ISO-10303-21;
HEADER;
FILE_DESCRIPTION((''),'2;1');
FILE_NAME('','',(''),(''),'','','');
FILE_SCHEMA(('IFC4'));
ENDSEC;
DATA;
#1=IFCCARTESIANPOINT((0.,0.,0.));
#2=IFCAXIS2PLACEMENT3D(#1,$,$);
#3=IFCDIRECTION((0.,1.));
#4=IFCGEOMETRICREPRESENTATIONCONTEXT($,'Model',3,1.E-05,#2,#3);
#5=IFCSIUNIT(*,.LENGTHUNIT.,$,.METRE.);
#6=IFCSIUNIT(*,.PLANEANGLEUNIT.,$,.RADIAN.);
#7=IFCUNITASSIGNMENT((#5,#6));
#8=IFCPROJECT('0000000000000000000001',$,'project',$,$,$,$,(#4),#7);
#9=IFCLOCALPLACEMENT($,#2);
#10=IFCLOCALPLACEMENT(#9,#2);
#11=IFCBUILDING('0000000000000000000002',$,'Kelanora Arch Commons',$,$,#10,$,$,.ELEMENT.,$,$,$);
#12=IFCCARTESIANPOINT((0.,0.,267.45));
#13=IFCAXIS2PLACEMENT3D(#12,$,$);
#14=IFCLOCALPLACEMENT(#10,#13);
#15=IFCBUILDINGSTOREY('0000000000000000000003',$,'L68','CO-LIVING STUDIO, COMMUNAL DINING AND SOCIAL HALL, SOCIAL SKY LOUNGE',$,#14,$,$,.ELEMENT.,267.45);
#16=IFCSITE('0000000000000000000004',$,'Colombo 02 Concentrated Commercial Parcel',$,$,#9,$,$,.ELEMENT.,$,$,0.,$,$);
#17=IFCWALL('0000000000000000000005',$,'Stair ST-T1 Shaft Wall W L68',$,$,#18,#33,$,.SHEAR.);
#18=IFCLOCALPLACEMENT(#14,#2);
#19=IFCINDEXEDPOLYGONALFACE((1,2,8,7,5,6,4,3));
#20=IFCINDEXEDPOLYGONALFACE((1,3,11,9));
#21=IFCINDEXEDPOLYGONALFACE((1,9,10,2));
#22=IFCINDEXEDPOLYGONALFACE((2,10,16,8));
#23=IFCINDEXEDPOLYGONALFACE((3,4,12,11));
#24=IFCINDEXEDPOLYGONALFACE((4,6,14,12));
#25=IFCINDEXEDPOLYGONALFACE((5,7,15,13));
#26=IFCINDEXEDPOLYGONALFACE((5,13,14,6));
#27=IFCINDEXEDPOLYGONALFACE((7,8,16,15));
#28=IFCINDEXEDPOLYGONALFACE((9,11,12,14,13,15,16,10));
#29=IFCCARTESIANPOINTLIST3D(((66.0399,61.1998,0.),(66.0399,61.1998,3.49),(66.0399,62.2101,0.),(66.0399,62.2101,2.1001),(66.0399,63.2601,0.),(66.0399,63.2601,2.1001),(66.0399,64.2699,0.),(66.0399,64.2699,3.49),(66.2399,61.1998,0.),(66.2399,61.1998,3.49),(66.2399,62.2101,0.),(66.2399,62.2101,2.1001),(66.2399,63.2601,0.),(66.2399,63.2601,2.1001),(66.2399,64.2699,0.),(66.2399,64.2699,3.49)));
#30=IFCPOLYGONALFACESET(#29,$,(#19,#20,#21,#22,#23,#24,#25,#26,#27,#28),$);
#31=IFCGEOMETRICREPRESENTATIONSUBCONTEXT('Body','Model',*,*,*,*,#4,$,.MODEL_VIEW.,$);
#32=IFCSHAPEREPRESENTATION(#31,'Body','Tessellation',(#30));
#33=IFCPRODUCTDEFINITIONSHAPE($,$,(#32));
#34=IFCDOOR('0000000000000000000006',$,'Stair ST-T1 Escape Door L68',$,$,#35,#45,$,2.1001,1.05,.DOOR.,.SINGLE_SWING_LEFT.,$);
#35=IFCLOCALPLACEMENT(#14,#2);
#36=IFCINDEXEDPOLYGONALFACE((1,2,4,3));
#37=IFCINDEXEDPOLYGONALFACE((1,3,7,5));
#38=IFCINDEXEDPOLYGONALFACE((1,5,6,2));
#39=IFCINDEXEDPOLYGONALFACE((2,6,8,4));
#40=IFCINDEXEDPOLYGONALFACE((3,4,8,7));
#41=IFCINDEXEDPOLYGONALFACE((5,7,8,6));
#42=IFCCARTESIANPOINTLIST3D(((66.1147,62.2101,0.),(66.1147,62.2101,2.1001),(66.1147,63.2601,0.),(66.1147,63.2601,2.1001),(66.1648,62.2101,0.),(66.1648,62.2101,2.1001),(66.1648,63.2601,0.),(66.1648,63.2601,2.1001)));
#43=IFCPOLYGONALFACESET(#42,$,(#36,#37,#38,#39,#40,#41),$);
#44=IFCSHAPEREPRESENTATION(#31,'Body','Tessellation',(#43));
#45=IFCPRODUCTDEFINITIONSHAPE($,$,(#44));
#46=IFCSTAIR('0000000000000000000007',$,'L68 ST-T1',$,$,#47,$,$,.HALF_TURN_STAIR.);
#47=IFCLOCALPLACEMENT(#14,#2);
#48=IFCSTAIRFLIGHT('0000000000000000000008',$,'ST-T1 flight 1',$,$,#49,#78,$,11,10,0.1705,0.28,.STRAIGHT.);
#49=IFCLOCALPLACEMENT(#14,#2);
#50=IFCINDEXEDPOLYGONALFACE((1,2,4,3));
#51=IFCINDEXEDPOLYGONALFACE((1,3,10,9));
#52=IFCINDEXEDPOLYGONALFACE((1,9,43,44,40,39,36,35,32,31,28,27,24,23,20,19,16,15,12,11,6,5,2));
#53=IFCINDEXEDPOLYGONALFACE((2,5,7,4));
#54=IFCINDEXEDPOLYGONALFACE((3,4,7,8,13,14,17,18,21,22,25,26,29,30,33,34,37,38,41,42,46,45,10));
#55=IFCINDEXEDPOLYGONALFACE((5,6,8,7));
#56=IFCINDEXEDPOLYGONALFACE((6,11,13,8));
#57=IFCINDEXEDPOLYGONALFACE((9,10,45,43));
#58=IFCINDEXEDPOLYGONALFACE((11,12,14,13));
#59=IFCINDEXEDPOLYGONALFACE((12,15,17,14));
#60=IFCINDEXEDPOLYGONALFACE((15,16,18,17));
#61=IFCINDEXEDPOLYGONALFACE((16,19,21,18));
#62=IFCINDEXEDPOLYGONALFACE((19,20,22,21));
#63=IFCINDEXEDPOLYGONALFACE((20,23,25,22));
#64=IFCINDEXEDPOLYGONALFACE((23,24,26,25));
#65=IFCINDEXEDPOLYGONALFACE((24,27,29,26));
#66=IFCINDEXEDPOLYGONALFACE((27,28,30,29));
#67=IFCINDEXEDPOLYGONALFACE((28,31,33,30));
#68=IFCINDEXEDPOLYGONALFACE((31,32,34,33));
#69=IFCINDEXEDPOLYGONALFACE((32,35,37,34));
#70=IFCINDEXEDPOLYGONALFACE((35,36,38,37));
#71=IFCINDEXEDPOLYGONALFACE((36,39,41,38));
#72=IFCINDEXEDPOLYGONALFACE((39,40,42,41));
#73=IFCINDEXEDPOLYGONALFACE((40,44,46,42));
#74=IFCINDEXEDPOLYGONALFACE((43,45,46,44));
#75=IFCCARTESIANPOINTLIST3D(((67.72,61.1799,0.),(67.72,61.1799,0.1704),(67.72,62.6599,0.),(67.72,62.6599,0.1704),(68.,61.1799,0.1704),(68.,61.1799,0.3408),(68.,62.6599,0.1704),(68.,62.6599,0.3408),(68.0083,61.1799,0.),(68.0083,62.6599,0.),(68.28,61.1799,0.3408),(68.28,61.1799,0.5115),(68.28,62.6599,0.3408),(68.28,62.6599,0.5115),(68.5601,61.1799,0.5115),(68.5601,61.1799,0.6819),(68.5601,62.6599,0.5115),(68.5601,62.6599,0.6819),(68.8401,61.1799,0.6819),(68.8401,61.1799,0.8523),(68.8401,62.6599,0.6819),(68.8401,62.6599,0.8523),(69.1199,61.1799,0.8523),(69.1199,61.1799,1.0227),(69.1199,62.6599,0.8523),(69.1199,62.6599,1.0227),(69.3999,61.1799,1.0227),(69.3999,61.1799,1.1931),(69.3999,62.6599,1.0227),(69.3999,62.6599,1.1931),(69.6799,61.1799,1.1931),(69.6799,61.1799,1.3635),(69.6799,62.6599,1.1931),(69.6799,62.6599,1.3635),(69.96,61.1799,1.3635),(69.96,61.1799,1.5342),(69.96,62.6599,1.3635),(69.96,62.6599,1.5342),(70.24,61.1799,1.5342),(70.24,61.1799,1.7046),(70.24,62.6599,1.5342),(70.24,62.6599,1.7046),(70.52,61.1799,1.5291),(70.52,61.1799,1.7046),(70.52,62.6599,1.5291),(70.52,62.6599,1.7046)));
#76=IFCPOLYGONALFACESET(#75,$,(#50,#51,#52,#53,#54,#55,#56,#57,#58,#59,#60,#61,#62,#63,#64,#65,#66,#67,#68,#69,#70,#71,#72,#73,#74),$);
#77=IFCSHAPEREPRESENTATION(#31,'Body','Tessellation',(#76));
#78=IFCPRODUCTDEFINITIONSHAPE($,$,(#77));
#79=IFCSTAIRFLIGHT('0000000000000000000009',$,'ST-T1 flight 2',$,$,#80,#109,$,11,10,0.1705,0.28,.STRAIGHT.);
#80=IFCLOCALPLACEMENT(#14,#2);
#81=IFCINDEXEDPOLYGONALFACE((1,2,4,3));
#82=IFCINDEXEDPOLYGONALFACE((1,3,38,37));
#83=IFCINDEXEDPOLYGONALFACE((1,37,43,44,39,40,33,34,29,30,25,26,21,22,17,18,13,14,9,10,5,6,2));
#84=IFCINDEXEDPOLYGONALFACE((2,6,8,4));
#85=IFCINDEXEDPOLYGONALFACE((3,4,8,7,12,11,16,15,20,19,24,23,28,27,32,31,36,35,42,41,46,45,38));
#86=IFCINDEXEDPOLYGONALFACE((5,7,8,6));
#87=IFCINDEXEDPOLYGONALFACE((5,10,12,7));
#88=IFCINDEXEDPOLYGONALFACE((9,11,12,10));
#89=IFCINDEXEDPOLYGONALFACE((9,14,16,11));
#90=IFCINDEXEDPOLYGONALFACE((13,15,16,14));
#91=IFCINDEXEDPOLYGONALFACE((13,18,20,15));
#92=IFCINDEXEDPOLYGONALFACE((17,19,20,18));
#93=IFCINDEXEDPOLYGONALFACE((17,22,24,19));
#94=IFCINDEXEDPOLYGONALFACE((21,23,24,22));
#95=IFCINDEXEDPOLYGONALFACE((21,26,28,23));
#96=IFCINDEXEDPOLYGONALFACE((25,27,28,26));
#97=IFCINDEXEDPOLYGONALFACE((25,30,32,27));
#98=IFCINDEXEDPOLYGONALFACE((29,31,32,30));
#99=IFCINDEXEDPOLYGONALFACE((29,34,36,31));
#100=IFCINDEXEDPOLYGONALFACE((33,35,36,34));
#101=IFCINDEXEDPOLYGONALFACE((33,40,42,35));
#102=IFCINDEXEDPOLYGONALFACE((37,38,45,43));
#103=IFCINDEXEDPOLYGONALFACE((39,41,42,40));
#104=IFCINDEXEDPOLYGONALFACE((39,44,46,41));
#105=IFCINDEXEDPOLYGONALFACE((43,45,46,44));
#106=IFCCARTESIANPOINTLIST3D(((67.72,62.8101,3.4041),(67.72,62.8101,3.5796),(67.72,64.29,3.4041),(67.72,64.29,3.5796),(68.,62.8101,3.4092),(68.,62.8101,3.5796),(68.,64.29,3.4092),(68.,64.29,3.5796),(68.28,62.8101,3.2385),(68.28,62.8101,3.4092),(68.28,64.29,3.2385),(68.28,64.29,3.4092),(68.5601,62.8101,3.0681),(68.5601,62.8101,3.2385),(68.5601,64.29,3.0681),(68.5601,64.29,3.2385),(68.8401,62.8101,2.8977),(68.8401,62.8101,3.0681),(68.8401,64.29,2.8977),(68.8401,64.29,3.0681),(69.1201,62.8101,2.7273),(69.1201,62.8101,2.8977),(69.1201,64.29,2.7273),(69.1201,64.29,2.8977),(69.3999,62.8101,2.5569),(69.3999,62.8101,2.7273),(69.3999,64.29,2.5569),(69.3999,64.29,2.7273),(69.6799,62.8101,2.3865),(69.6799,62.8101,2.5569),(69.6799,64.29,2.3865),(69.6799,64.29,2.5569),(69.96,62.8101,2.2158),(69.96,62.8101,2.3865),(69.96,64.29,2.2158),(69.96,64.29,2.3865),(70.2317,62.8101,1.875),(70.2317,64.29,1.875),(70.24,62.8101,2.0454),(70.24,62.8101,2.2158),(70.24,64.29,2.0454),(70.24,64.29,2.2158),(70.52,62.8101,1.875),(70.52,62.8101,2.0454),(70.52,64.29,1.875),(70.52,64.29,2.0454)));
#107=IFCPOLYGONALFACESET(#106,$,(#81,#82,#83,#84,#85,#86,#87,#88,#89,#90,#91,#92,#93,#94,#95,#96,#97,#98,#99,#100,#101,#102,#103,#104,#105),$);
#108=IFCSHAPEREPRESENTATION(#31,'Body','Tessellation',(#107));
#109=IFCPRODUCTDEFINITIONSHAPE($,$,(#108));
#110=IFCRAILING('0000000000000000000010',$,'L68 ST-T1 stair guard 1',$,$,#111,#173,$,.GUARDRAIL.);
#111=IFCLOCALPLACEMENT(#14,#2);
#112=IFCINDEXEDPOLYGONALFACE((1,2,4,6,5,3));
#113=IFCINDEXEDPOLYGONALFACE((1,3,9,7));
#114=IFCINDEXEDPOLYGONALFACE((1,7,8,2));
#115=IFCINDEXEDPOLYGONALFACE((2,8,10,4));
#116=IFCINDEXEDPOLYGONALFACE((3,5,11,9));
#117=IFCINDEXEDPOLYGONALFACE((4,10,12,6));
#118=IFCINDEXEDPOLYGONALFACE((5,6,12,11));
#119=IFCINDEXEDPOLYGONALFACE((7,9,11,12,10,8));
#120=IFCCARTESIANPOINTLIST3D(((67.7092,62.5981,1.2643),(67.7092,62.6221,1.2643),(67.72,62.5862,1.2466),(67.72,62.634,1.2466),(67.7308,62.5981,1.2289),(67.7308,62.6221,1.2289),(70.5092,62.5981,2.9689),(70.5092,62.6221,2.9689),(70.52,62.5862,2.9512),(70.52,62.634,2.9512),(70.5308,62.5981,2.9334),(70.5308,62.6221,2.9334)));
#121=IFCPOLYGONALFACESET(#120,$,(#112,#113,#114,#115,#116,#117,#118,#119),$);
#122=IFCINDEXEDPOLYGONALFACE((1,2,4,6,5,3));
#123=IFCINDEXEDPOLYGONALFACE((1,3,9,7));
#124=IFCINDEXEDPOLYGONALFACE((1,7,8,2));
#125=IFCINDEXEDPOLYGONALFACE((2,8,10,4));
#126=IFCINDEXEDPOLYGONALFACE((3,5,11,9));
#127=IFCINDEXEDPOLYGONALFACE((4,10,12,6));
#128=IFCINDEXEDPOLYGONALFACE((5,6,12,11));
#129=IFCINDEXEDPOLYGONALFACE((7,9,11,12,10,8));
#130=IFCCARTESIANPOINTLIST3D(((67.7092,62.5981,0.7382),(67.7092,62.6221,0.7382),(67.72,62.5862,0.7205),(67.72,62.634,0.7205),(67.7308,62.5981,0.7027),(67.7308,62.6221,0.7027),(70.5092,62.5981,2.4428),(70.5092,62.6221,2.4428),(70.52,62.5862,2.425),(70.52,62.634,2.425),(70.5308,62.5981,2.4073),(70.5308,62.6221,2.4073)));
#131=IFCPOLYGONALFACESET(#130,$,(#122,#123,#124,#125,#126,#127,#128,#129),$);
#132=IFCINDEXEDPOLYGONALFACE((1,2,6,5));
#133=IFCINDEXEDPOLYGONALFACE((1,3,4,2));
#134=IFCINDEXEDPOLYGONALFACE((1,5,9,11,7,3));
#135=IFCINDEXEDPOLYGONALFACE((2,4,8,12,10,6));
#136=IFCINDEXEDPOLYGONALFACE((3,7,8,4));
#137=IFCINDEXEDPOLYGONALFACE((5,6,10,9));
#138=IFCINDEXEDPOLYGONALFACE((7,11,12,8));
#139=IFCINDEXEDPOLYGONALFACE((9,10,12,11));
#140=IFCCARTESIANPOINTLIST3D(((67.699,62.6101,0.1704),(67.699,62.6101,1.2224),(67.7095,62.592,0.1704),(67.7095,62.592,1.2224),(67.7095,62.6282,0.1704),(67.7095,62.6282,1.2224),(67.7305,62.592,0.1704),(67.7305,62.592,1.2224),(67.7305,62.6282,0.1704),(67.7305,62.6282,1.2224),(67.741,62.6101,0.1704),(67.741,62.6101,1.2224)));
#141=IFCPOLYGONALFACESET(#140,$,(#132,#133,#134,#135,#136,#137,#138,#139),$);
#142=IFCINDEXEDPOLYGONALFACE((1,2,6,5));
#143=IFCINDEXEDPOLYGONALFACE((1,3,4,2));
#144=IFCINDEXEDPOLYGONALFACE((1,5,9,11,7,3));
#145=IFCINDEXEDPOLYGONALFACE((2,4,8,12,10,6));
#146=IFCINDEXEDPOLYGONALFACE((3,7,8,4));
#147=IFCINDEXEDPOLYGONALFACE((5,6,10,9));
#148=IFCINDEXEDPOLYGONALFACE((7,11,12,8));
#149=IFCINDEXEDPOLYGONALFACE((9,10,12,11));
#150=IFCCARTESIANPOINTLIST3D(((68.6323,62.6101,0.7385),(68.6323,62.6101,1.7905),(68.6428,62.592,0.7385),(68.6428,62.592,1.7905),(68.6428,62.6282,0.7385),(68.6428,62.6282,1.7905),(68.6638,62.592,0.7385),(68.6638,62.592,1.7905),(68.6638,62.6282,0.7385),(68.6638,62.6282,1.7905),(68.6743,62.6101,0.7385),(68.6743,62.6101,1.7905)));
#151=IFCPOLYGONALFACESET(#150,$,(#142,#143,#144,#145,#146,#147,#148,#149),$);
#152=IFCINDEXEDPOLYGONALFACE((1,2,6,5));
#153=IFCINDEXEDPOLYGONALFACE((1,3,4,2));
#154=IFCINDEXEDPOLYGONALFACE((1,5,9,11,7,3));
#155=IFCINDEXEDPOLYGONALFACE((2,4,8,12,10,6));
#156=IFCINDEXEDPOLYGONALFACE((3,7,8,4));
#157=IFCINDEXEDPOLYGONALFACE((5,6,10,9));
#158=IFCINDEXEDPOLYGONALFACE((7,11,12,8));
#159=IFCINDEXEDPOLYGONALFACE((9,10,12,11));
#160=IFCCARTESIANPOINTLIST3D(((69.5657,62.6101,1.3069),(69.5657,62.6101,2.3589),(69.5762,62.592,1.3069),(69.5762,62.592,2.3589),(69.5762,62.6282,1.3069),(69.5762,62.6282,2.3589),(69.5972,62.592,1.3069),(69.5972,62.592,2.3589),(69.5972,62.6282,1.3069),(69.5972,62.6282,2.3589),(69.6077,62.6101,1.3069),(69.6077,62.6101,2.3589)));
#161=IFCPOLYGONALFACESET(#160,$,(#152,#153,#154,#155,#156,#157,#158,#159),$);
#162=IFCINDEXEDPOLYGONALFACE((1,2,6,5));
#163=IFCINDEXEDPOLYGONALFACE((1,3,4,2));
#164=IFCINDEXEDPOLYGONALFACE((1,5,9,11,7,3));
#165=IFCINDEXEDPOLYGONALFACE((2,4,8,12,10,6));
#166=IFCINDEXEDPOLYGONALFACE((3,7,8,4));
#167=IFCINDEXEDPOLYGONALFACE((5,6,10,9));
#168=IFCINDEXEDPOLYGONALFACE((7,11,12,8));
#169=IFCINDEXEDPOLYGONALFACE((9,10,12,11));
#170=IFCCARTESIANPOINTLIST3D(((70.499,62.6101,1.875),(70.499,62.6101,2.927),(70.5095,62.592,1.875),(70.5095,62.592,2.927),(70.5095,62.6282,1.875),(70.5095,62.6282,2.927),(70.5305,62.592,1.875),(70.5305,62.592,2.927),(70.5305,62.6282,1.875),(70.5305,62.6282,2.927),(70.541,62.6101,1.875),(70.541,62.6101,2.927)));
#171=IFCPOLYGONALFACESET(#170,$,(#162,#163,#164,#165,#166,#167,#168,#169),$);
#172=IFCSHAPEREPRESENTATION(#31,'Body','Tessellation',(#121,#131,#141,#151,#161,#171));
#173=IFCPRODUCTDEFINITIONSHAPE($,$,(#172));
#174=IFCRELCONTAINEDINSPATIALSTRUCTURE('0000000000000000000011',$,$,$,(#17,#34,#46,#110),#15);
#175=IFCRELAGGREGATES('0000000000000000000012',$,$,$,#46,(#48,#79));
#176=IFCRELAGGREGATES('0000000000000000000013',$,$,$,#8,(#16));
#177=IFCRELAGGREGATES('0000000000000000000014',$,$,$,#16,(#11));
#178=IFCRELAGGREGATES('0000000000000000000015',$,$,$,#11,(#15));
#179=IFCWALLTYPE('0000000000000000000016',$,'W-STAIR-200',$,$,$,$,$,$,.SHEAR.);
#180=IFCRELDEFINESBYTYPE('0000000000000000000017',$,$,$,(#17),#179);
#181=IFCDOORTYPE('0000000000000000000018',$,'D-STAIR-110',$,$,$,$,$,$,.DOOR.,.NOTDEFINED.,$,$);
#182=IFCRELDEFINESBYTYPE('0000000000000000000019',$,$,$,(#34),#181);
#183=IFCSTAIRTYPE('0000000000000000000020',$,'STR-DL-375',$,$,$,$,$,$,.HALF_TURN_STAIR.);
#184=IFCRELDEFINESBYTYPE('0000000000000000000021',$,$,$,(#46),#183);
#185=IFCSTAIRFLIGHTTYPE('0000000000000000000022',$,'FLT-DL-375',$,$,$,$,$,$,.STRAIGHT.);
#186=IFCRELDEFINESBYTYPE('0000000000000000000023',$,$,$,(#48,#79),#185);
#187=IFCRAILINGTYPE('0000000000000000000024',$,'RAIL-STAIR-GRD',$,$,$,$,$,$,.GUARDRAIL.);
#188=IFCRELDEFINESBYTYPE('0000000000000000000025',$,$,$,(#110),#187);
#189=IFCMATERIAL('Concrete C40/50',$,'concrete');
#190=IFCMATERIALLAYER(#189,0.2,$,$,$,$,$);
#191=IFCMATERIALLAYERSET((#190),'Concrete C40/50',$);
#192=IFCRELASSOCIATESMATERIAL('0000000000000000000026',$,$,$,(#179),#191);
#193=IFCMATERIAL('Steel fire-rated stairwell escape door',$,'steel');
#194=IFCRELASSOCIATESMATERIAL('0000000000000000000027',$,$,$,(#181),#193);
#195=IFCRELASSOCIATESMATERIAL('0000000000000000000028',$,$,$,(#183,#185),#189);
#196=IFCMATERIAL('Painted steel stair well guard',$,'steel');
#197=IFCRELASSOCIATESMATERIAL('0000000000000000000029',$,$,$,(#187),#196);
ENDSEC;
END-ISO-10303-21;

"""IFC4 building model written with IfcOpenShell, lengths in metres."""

from ifc_helpers import new_model, si_unit, direction, frame, frame_2d, origin, place, context, subcontext, project, spatial, polyline, rectangle, outline, extrude, material, layer, layer_set, type_object, element, fill, aggregate, save


model = new_model("IFC4")

# Units and contexts
model_context = context("Model", 3, precision=1e-05, world=origin(), true_north=direction((0.0, 1.0)))
body_context = subcontext(model_context, "Body", "Model", "MODEL_VIEW")
ifc_project = project(units=[si_unit("LENGTHUNIT", "METRE"), si_unit("PLANEANGLEUNIT", "RADIAN")], contexts=[model_context])

# Site, building, storey
site_placement = place(None, origin())
site = spatial("IfcSite", under=ifc_project, at=site_placement, Name="Colombo 02 Concentrated Commercial Parcel", CompositionType="ELEMENT", RefElevation=0.0)
building_placement = place(site_placement, origin())
building = spatial("IfcBuilding", under=site, at=building_placement, Name="Kelanora Arch Commons", CompositionType="ELEMENT")
storey_placement = place(building_placement, frame((0.0, 0.0, 267.45)))
storey = spatial("IfcBuildingStorey", under=building, at=storey_placement, Name="L68", Description="CO-LIVING STUDIO, COMMUNAL DINING AND SOCIAL HALL, SOCIAL SKY LOUNGE", CompositionType="ELEMENT", Elevation=267.45)

# Shared definitions
ifc_material_1 = material(Name="Concrete C40/50", Category="concrete")
ifc_layer_1 = layer(ifc_material_1, 0.2)
ifc_layer_set_1 = layer_set([ifc_layer_1], Name="Concrete C40/50")
wall_type_1 = type_object("IfcWallType", Name="W-STAIR-200", PredefinedType="SHEAR", material=ifc_layer_set_1)

# Wall, opening, door
wall_1_placement = place(storey_placement, frame((66.1399, 64.27, 0.0), z_axis=(0.0, 0.0, 1.0), x_axis=(0.0, -1.0, 0.0)))
wall_1 = element("IfcWall", 1, at=wall_1_placement, inside=storey, type_object=wall_type_1, Name="Stair ST-T1 Shaft Wall W L68", PredefinedType="SHEAR", context=body_context, shape_type="SweptSolid", body=[
    extrude(rectangle(XDim=3.0701, YDim=0.2, at=frame_2d((1.5352, 0.0))), origin(), (0.0, 0.0, 1.0), 3.49),
])
opening_1_placement = place(wall_1_placement, frame((1.01, 0.0, 0.0)))
opening_1 = element("IfcOpeningElement", 2, at=opening_1_placement, cuts=wall_1, PredefinedType="OPENING", context=body_context, shape_type="SweptSolid", body=[
    extrude(rectangle(XDim=1.05, YDim=2.1001, at=frame_2d((0.5249, 1.05))), frame((0.0, 0.1099, 0.0), z_axis=(0.0, -1.0, 0.0), x_axis=(1.0, 0.0, 0.0)), (0.0, 0.0, 1.0), 0.22),
])
ifc_material_2 = material(Name="Steel fire-rated stairwell escape door", Category="steel")
door_type_1 = type_object("IfcDoorType", Name="D-STAIR-110", OperationType="NOTDEFINED", PredefinedType="DOOR", material=ifc_material_2)
door_1_placement = place(opening_1_placement, origin())
door_1 = element("IfcDoor", 3, at=door_1_placement, inside=storey, type_object=door_type_1, Name="Stair ST-T1 Escape Door L68", OperationType="SINGLE_SWING_LEFT", OverallHeight=2.1001, OverallWidth=1.05, PredefinedType="DOOR", context=body_context, shape_type="SweptSolid", body=[
    extrude(rectangle(XDim=1.05, YDim=2.1001, at=frame_2d((0.5249, 1.05))), frame((0.0, 0.0249, 0.0), z_axis=(0.0, -1.0, 0.0), x_axis=(1.0, 0.0, 0.0)), (0.0, 0.0, 1.0), 0.05),
])
fill(opening_1, door_1)

# Stair, stair flights
stair_type = type_object("IfcStairType", Name="STR-DL-375", PredefinedType="HALF_TURN_STAIR", material=ifc_material_1)
stair_placement = place(storey_placement, origin())
stair = element("IfcStair", 4, at=stair_placement, inside=storey, type_object=stair_type, Name="L68 ST-T1", PredefinedType="HALF_TURN_STAIR")
stair_flight_type = type_object("IfcStairFlightType", Name="FLT-DL-375", PredefinedType="STRAIGHT", material=ifc_material_1)
stair_flight_1_placement = place(storey_placement, frame((67.72, 61.9199, 0.0), z_axis=(0.0, 0.0, 1.0), x_axis=(1.0, 0.0, 0.0)))
stair_flight_1 = element("IfcStairFlight", 5, at=stair_flight_1_placement, type_object=stair_flight_type, Name="ST-T1 flight 1", NumberOfRisers=11, NumberOfTreads=10, PredefinedType="STRAIGHT", RiserHeight=0.1705, TreadLength=0.28, context=body_context, shape_type="SweptSolid", body=[
    extrude(outline(polyline([(0.0, 0.0), (0.0, 0.1704), (0.28, 0.1704), (0.28, 0.3408), (0.5601, 0.3408), (0.5601, 0.5115), (0.8401, 0.5115), (0.8401, 0.6819), (1.1201, 0.6819), (1.1201, 0.8523), (1.3999, 0.8523), (1.3999, 1.0227), (1.6799, 1.0227), (1.6799, 1.1931), (1.96, 1.1931), (1.96, 1.3635), (2.24, 1.3635), (2.24, 1.5342), (2.52, 1.5342), (2.52, 1.7046), (2.8, 1.7046), (2.8, 1.875), (2.8, 1.5291), (0.2883, 0.0), (0.0, 0.0)])), frame((0.0, 0.74, 0.0), z_axis=(0.0, -1.0, 0.0), x_axis=(1.0, 0.0, 0.0)), (0.0, 0.0, 1.0), 1.48),
])
stair_flight_2_placement = place(storey_placement, frame((70.52, 63.55, 1.875), z_axis=(0.0, 0.0, 1.0), x_axis=(-1.0, 0.0, 0.0)))
stair_flight_2 = element("IfcStairFlight", 6, at=stair_flight_2_placement, type_object=stair_flight_type, Name="ST-T1 flight 2", NumberOfRisers=11, NumberOfTreads=10, PredefinedType="STRAIGHT", RiserHeight=0.1705, TreadLength=0.28, context=body_context, shape_type="SweptSolid", body=[
    extrude(outline(polyline([(0.0, 0.0), (0.0, 0.1704), (0.28, 0.1704), (0.28, 0.3408), (0.5601, 0.3408), (0.5601, 0.5115), (0.8401, 0.5115), (0.8401, 0.6819), (1.1201, 0.6819), (1.1201, 0.8523), (1.3999, 0.8523), (1.3999, 1.0227), (1.6799, 1.0227), (1.6799, 1.1931), (1.96, 1.1931), (1.96, 1.3635), (2.24, 1.3635), (2.24, 1.5342), (2.52, 1.5342), (2.52, 1.7046), (2.8, 1.7046), (2.8, 1.875), (2.8, 1.5291), (0.2883, 0.0), (0.0, 0.0)])), frame((0.0, 0.74, 0.0), z_axis=(0.0, -1.0, 0.0), x_axis=(1.0, 0.0, 0.0)), (0.0, 0.0, 1.0), 1.48),
])
aggregate(stair, [stair_flight_1, stair_flight_2])

# Railing
ifc_material_3 = material(Name="Painted steel stair well guard", Category="steel")
railing_type_1 = type_object("IfcRailingType", Name="RAIL-STAIR-GRD", PredefinedType="GUARDRAIL", material=ifc_material_3)
railing_1_placement = place(storey_placement, frame((67.72, 62.6101, 0.1704)))
element("IfcRailing", 7, at=railing_1_placement, inside=storey, type_object=railing_type_1, Name="L68 ST-T1 stair guard 1", PredefinedType="GUARDRAIL", context=body_context, shape_type="SweptSolid", body=[
    extrude(outline(polyline([(0.0239, 0.0), (0.012, 0.0208), (-0.012, 0.0208), (-0.0239, 0.0), (-0.012, -0.0208), (0.012, -0.0208), (0.0239, 0.0)])), frame((0.0, 0.0, 1.0762), z_axis=(0.85417, 0.0, 0.519994), x_axis=(0.0, 1.0, 0.0)), (0.0, 0.0, 1.0), 3.2781),
    extrude(outline(polyline([(0.0239, 0.0), (0.012, 0.0208), (-0.012, 0.0208), (-0.0239, 0.0), (-0.012, -0.0208), (0.012, -0.0208), (0.0239, 0.0)])), frame((0.0, 0.0, 0.55), z_axis=(0.85417, 0.0, 0.519994), x_axis=(0.0, 1.0, 0.0)), (0.0, 0.0, 1.0), 3.2781),
    extrude(outline(polyline([(0.021, 0.0), (0.0105, 0.0181), (-0.0105, 0.0181), (-0.021, 0.0), (-0.0105, -0.0181), (0.0105, -0.0181), (0.021, 0.0)])), origin(), (0.0, 0.0, 1.0), 1.052),
    extrude(outline(polyline([(0.021, 0.0), (0.0105, 0.0181), (-0.0105, 0.0181), (-0.021, 0.0), (-0.0105, -0.0181), (0.0105, -0.0181), (0.021, 0.0)])), frame((0.9333, 0.0, 0.5681)), (0.0, 0.0, 1.0), 1.052),
    extrude(outline(polyline([(0.021, 0.0), (0.0105, 0.0181), (-0.0105, 0.0181), (-0.021, 0.0), (-0.0105, -0.0181), (0.0105, -0.0181), (0.021, 0.0)])), frame((1.8667, 0.0, 1.1365)), (0.0, 0.0, 1.0), 1.052),
    extrude(outline(polyline([(0.021, 0.0), (0.0105, 0.0181), (-0.0105, 0.0181), (-0.021, 0.0), (-0.0105, -0.0181), (0.0105, -0.0181), (0.021, 0.0)])), frame((2.8, 0.0, 1.7046)), (0.0, 0.0, 1.0), 1.052),
])

save(model, "model.ifc")
